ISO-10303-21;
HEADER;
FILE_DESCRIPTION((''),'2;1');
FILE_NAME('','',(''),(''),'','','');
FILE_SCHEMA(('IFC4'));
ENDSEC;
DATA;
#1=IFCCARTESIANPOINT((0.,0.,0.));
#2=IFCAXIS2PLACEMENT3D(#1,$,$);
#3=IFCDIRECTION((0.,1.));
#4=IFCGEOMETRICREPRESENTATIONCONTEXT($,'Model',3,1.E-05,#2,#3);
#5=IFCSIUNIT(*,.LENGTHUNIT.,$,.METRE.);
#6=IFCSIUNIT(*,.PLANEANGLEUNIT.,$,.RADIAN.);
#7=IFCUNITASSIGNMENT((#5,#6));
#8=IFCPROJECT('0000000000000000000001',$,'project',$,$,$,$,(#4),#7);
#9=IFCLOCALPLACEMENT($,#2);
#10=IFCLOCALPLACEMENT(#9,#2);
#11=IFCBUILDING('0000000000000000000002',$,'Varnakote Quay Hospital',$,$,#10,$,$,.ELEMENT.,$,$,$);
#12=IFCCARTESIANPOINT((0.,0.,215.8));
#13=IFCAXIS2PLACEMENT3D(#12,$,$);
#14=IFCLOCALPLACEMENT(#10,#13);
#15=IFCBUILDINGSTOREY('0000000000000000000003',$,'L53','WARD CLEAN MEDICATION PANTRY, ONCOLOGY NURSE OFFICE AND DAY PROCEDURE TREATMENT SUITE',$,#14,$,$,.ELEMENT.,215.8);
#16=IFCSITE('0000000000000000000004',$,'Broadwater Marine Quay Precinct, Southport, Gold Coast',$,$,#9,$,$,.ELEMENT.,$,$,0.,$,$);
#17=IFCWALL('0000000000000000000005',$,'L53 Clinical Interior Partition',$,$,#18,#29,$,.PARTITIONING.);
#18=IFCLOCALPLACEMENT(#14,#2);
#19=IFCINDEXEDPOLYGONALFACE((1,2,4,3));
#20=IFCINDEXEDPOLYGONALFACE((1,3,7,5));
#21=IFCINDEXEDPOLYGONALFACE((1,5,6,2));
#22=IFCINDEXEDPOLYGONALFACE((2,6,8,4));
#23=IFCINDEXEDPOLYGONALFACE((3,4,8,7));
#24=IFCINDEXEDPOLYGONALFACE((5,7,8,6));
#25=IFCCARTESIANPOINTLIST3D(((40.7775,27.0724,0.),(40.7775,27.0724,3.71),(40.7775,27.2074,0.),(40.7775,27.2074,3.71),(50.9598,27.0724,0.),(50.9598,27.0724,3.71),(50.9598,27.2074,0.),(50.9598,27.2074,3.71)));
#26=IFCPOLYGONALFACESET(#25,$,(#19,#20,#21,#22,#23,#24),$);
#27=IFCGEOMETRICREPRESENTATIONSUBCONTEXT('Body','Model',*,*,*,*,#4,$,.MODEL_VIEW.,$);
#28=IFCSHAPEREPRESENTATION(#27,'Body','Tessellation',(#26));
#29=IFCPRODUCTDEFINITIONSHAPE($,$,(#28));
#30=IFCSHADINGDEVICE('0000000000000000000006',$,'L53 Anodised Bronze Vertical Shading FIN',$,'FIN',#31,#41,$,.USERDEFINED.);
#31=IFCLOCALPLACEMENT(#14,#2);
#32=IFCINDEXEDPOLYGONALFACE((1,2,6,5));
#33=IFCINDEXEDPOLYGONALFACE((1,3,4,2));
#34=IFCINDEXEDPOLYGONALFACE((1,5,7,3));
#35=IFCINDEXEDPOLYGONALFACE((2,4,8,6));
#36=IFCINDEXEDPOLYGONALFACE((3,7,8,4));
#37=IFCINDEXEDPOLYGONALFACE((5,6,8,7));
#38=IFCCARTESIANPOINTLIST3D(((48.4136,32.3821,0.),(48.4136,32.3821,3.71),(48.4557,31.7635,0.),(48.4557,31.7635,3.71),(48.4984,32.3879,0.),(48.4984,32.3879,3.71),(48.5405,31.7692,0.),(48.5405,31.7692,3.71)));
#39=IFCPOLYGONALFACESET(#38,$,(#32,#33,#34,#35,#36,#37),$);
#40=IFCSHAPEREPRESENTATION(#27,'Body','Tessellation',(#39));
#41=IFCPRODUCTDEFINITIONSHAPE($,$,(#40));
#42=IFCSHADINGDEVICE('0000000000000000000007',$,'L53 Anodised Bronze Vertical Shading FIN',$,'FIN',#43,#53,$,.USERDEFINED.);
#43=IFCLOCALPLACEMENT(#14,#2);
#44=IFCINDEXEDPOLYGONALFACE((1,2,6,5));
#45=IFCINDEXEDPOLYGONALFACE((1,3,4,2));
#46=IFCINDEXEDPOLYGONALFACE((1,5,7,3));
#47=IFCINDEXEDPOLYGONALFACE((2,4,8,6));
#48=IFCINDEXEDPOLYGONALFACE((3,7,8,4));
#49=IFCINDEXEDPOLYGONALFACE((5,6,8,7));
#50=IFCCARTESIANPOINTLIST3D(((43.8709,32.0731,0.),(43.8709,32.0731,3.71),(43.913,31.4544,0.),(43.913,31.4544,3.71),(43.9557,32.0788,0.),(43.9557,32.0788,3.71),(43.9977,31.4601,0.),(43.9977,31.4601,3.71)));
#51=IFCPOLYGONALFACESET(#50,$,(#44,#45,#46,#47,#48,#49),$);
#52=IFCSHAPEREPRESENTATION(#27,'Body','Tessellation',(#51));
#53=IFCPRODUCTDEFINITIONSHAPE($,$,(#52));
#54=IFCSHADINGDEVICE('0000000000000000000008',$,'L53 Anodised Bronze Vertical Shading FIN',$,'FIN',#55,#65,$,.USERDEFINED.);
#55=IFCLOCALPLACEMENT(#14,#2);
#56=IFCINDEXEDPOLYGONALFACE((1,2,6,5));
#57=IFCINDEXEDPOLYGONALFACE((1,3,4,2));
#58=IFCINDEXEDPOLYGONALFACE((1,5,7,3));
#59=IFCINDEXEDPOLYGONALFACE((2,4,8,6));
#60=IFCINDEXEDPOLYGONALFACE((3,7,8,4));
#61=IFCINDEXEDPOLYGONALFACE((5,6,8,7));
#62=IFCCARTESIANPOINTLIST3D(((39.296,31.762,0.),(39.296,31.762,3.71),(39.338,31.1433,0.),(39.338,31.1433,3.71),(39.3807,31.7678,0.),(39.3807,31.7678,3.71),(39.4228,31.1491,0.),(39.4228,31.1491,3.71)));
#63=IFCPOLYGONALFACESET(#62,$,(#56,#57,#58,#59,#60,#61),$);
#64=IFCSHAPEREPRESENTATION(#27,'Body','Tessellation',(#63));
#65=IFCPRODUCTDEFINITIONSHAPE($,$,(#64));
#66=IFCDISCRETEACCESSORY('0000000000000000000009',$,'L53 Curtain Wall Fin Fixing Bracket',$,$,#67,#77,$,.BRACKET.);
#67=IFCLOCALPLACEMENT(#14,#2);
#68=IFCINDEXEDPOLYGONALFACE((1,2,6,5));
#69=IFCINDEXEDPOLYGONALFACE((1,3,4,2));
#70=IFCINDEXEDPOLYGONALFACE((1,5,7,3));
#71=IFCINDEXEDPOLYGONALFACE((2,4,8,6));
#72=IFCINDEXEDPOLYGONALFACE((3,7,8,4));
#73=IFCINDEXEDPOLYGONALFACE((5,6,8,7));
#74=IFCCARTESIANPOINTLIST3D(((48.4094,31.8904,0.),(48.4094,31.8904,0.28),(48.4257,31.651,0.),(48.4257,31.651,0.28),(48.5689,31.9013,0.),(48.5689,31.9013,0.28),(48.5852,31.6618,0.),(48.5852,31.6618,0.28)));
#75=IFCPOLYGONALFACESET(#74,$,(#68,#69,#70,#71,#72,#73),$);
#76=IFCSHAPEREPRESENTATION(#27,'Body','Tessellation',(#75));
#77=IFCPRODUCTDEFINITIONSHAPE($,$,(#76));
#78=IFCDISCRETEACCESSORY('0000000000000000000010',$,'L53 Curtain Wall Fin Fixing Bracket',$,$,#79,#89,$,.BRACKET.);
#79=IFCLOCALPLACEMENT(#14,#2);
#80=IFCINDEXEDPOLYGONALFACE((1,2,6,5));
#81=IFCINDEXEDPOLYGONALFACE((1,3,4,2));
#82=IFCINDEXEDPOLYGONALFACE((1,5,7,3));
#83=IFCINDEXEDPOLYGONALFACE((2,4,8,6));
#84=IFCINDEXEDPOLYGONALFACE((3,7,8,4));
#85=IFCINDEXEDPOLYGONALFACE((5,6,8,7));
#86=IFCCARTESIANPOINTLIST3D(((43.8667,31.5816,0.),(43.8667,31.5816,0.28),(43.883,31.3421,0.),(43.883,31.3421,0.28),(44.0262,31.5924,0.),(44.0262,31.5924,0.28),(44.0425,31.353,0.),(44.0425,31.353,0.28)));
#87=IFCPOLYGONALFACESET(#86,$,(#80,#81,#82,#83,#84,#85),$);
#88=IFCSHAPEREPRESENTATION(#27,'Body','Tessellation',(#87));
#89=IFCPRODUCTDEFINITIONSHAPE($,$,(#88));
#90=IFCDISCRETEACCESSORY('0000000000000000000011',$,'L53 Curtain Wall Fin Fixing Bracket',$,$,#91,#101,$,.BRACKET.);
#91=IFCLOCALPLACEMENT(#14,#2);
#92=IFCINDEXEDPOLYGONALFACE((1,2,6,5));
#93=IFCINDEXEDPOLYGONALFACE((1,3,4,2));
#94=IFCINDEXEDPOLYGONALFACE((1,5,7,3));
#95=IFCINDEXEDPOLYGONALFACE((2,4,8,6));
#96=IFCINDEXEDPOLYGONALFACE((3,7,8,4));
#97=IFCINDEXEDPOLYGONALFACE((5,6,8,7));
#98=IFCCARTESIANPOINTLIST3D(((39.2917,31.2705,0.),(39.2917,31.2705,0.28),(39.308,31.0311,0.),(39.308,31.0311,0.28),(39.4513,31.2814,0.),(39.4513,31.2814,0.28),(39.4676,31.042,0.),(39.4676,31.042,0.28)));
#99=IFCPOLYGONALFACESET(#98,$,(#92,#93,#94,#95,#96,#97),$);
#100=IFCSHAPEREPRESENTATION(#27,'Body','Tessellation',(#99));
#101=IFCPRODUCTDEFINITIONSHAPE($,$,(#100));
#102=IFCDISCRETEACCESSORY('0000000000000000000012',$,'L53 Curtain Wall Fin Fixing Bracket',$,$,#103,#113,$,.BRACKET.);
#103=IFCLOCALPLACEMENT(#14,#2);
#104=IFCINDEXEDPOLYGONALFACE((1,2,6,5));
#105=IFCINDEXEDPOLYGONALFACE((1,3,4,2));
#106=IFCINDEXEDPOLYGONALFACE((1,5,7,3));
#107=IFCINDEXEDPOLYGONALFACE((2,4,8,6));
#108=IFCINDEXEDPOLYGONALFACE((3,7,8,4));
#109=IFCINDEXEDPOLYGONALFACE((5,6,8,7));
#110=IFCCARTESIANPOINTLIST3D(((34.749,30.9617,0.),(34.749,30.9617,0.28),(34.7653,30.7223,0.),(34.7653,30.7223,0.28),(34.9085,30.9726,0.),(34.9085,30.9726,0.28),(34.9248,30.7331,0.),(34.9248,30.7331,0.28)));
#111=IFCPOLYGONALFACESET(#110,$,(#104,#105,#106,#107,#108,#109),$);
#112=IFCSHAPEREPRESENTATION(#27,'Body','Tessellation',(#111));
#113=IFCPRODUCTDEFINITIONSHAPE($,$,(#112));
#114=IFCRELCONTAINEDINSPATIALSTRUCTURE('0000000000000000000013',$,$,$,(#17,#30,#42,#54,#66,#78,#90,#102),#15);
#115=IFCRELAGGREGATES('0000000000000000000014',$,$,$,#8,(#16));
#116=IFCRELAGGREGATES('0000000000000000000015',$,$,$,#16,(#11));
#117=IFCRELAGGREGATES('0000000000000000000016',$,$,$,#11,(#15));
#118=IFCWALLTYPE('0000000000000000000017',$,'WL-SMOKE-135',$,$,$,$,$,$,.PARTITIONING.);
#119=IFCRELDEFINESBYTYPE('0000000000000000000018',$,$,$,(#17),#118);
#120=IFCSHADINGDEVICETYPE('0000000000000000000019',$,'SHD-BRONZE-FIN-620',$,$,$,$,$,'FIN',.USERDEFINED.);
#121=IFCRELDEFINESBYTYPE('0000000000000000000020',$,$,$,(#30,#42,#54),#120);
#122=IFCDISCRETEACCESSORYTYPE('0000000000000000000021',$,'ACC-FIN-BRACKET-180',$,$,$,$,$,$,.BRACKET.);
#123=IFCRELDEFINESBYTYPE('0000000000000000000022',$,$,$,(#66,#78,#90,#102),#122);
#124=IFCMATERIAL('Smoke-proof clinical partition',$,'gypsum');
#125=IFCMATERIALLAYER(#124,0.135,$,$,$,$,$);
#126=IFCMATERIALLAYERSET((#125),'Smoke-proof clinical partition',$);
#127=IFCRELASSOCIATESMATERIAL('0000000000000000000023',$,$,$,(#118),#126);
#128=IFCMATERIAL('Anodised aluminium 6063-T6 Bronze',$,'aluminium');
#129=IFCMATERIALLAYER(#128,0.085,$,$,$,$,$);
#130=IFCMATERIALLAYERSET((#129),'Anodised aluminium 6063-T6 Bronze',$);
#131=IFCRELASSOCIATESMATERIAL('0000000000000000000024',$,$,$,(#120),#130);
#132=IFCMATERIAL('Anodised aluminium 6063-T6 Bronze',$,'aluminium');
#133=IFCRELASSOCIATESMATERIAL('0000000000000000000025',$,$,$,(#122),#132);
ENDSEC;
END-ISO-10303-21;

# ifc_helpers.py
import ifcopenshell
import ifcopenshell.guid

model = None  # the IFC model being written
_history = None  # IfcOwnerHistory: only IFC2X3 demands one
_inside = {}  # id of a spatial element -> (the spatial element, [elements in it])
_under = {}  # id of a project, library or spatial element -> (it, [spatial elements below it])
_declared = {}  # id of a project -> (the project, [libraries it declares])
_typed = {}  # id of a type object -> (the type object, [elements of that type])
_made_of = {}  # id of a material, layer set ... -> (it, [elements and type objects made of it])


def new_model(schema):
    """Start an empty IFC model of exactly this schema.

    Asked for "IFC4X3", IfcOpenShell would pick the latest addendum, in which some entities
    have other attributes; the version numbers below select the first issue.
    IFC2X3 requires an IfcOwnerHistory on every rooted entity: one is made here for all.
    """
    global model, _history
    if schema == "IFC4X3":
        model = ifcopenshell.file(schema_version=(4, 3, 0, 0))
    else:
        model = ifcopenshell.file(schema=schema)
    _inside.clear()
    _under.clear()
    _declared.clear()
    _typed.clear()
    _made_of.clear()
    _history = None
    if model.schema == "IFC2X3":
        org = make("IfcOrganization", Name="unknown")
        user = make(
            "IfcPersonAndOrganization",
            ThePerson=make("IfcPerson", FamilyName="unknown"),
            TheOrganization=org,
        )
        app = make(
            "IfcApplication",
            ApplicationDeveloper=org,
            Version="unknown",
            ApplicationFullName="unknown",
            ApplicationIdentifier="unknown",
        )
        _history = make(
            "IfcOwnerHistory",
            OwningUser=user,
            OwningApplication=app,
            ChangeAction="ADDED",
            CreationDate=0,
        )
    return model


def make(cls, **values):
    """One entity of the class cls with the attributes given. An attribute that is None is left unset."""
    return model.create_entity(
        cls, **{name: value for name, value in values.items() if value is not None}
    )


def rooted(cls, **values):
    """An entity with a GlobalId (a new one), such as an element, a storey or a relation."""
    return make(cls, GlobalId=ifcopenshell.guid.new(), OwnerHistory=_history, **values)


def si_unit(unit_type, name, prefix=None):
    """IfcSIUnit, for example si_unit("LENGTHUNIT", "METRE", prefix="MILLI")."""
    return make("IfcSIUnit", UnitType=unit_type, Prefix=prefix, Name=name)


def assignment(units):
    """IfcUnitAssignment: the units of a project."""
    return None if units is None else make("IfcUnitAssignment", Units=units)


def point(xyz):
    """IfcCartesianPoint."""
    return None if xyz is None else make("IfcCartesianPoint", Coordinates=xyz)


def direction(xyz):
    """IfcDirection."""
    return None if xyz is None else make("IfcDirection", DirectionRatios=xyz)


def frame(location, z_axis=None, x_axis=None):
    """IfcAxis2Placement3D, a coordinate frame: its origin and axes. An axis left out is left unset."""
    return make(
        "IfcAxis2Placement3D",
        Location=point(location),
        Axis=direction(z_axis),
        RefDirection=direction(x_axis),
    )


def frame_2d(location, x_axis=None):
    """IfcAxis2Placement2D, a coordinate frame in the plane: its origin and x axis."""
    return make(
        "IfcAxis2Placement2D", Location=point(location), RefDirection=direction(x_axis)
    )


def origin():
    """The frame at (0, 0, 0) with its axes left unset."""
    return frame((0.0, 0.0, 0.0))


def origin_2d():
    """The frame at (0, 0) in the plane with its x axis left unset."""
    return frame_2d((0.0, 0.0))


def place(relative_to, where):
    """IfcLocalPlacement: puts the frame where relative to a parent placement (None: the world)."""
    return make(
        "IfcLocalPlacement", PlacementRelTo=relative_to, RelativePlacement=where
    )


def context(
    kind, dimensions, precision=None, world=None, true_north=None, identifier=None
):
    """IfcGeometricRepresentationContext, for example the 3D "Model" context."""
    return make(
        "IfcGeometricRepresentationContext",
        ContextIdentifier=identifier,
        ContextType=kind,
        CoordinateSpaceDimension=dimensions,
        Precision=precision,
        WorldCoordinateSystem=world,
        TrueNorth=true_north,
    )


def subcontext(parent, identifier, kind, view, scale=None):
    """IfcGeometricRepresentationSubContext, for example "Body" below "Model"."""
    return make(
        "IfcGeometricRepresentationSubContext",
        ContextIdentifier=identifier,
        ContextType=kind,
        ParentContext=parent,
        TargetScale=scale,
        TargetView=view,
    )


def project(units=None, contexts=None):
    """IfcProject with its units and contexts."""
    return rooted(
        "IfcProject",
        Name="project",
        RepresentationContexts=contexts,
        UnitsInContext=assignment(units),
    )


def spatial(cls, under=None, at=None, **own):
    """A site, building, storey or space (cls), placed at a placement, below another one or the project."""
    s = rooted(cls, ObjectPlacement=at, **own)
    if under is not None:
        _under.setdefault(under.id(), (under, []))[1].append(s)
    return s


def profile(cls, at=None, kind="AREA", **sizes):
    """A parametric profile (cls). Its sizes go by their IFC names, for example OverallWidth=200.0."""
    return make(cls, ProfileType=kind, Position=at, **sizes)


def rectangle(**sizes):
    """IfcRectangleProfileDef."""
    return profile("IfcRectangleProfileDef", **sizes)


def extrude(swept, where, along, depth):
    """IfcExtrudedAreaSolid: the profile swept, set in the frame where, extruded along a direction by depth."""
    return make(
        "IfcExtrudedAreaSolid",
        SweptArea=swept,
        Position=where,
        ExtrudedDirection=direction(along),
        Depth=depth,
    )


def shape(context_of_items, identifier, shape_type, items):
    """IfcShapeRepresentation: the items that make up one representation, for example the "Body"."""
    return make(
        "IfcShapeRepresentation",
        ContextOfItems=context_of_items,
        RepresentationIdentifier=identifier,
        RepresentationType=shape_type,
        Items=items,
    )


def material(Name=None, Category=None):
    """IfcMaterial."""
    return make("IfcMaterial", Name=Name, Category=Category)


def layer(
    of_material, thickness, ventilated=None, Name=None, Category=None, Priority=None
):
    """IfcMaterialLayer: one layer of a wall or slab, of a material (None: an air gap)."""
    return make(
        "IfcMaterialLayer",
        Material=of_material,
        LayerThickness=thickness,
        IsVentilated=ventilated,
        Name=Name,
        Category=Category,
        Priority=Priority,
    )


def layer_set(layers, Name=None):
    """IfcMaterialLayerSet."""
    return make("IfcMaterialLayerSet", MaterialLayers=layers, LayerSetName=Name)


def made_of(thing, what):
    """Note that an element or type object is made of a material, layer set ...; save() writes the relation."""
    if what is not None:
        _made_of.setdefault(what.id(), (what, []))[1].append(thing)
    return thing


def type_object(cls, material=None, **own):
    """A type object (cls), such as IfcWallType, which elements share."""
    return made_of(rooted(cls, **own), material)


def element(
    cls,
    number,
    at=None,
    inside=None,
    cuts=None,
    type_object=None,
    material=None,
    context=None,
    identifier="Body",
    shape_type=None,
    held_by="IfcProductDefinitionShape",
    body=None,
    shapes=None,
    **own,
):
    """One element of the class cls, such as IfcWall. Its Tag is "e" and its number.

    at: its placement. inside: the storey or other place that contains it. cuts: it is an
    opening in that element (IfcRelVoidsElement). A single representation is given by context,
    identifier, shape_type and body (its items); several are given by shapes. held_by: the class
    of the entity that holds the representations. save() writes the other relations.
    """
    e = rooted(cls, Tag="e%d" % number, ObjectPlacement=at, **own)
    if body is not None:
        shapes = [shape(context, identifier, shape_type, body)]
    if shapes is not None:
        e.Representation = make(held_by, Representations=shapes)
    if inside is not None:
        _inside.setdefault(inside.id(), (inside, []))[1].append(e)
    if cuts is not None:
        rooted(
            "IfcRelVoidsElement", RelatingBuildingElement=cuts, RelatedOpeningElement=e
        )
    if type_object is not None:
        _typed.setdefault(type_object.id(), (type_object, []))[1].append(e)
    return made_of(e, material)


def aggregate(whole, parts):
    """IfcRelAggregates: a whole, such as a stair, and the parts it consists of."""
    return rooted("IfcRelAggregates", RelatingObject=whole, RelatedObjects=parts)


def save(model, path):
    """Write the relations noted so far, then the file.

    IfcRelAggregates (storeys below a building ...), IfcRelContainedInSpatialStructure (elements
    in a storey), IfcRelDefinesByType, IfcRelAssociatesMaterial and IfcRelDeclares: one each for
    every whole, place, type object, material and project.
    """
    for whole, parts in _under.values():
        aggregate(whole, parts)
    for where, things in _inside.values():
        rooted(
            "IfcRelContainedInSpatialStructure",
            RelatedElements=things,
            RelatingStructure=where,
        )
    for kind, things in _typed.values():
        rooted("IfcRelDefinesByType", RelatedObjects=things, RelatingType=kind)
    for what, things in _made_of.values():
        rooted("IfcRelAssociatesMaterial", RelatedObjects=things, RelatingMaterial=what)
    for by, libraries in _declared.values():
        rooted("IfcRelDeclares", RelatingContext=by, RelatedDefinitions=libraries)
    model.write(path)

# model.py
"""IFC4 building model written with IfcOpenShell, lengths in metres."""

from ifc_helpers import new_model, si_unit, direction, frame, frame_2d, origin, origin_2d, place, context, subcontext, project, spatial, rectangle, extrude, material, layer, layer_set, type_object, element, save


model = new_model("IFC4")

# Units and contexts
model_context = context("Model", 3, precision=1e-05, world=origin(), true_north=direction((0.0, 1.0)))
body_context = subcontext(model_context, "Body", "Model", "MODEL_VIEW")
ifc_project = project(units=[si_unit("LENGTHUNIT", "METRE"), si_unit("PLANEANGLEUNIT", "RADIAN")], contexts=[model_context])

# Site, building, storey
site_placement = place(None, origin())
site = spatial("IfcSite", under=ifc_project, at=site_placement, Name="Broadwater Marine Quay Precinct, Southport, Gold Coast", CompositionType="ELEMENT", RefElevation=0.0)
building_placement = place(site_placement, origin())
building = spatial("IfcBuilding", under=site, at=building_placement, Name="Varnakote Quay Hospital", CompositionType="ELEMENT")
storey_placement = place(building_placement, frame((0.0, 0.0, 215.8)))
storey = spatial("IfcBuildingStorey", under=building, at=storey_placement, Name="L53", Description="WARD CLEAN MEDICATION PANTRY, ONCOLOGY NURSE OFFICE AND DAY PROCEDURE TREATMENT SUITE", CompositionType="ELEMENT", Elevation=215.8)

# Wall
ifc_material_1 = material(Name="Smoke-proof clinical partition", Category="gypsum")
ifc_layer_1 = layer(ifc_material_1, 0.135)
ifc_layer_set_1 = layer_set([ifc_layer_1], Name="Smoke-proof clinical partition")
wall_type_1 = type_object("IfcWallType", Name="WL-SMOKE-135", PredefinedType="PARTITIONING", material=ifc_layer_set_1)
wall_1_placement = place(storey_placement, frame((50.96, 27.1399, 0.0), z_axis=(0.0, 0.0, 1.0), x_axis=(-1.0, 0.0, 0.0)))
element("IfcWall", 1, at=wall_1_placement, inside=storey, type_object=wall_type_1, Name="L53 Clinical Interior Partition", PredefinedType="PARTITIONING", context=body_context, shape_type="SweptSolid", body=[
    extrude(rectangle(XDim=10.1824, YDim=0.135, at=frame_2d((5.0913, 0.0))), origin(), (0.0, 0.0, 1.0), 3.71),
])

# Shading devices
ifc_material_2 = material(Name="Anodised aluminium 6063-T6 Bronze", Category="aluminium")
ifc_layer_2 = layer(ifc_material_2, 0.085)
ifc_layer_set_2 = layer_set([ifc_layer_2], Name="Anodised aluminium 6063-T6 Bronze")
shading_device_type = type_object("IfcShadingDeviceType", Name="SHD-BRONZE-FIN-620", ElementType="FIN", PredefinedType="USERDEFINED", material=ifc_layer_set_2)
for number, where, z_axis, x_axis, name in (
    (2, (48.4771, 32.0757, 0.0), (0.0, 0.0, 1.0), (0.067841, -0.997696, 0.0), "L53 Anodised Bronze Vertical Shading FIN"),
    (3, (43.9343, 31.7666, 0.0), (0.0, 0.0, 1.0), (0.067841, -0.997696, 0.0), "L53 Anodised Bronze Vertical Shading FIN"),
    (4, (39.3594, 31.4556, 0.0), (0.0, 0.0, 1.0), (0.067841, -0.997696, 0.0), "L53 Anodised Bronze Vertical Shading FIN"),
):
    element("IfcShadingDevice", number, at=place(storey_placement, frame(where, z_axis=z_axis, x_axis=x_axis)), inside=storey, type_object=shading_device_type, Name=name, ObjectType="FIN", PredefinedType="USERDEFINED", context=body_context, shape_type="SweptSolid", body=[
        extrude(rectangle(XDim=0.6201, YDim=0.085, at=origin_2d()), origin(), (0.0, 0.0, 1.0), 3.71),
    ])

# Discrete accessories
ifc_material_3 = material(Name="Anodised aluminium 6063-T6 Bronze", Category="aluminium")
discrete_accessory_type = type_object("IfcDiscreteAccessoryType", Name="ACC-FIN-BRACKET-180", PredefinedType="BRACKET", material=ifc_material_3)
for number, where, z_axis, x_axis, name in (
    (5, (48.4973, 31.7761, 0.0), (0.0, 0.0, 1.0), (-0.997696, -0.067841, 0.0), "L53 Curtain Wall Fin Fixing Bracket"),
    (6, (43.9546, 31.4673, 0.0), (0.0, 0.0, 1.0), (-0.997696, -0.067841, 0.0), "L53 Curtain Wall Fin Fixing Bracket"),
    (7, (39.3796, 31.1562, 0.0), (0.0, 0.0, 1.0), (-0.997696, -0.067841, 0.0), "L53 Curtain Wall Fin Fixing Bracket"),
    (8, (34.8369, 30.8474, 0.0), (0.0, 0.0, 1.0), (-0.997696, -0.067841, 0.0), "L53 Curtain Wall Fin Fixing Bracket"),
):
    element("IfcDiscreteAccessory", number, at=place(storey_placement, frame(where, z_axis=z_axis, x_axis=x_axis)), inside=storey, type_object=discrete_accessory_type, Name=name, PredefinedType="BRACKET", context=body_context, shape_type="SweptSolid", body=[
        extrude(rectangle(XDim=0.1599, YDim=0.24, at=origin_2d()), origin(), (0.0, 0.0, 1.0), 0.28),
    ])

save(model, "model.ifc")
